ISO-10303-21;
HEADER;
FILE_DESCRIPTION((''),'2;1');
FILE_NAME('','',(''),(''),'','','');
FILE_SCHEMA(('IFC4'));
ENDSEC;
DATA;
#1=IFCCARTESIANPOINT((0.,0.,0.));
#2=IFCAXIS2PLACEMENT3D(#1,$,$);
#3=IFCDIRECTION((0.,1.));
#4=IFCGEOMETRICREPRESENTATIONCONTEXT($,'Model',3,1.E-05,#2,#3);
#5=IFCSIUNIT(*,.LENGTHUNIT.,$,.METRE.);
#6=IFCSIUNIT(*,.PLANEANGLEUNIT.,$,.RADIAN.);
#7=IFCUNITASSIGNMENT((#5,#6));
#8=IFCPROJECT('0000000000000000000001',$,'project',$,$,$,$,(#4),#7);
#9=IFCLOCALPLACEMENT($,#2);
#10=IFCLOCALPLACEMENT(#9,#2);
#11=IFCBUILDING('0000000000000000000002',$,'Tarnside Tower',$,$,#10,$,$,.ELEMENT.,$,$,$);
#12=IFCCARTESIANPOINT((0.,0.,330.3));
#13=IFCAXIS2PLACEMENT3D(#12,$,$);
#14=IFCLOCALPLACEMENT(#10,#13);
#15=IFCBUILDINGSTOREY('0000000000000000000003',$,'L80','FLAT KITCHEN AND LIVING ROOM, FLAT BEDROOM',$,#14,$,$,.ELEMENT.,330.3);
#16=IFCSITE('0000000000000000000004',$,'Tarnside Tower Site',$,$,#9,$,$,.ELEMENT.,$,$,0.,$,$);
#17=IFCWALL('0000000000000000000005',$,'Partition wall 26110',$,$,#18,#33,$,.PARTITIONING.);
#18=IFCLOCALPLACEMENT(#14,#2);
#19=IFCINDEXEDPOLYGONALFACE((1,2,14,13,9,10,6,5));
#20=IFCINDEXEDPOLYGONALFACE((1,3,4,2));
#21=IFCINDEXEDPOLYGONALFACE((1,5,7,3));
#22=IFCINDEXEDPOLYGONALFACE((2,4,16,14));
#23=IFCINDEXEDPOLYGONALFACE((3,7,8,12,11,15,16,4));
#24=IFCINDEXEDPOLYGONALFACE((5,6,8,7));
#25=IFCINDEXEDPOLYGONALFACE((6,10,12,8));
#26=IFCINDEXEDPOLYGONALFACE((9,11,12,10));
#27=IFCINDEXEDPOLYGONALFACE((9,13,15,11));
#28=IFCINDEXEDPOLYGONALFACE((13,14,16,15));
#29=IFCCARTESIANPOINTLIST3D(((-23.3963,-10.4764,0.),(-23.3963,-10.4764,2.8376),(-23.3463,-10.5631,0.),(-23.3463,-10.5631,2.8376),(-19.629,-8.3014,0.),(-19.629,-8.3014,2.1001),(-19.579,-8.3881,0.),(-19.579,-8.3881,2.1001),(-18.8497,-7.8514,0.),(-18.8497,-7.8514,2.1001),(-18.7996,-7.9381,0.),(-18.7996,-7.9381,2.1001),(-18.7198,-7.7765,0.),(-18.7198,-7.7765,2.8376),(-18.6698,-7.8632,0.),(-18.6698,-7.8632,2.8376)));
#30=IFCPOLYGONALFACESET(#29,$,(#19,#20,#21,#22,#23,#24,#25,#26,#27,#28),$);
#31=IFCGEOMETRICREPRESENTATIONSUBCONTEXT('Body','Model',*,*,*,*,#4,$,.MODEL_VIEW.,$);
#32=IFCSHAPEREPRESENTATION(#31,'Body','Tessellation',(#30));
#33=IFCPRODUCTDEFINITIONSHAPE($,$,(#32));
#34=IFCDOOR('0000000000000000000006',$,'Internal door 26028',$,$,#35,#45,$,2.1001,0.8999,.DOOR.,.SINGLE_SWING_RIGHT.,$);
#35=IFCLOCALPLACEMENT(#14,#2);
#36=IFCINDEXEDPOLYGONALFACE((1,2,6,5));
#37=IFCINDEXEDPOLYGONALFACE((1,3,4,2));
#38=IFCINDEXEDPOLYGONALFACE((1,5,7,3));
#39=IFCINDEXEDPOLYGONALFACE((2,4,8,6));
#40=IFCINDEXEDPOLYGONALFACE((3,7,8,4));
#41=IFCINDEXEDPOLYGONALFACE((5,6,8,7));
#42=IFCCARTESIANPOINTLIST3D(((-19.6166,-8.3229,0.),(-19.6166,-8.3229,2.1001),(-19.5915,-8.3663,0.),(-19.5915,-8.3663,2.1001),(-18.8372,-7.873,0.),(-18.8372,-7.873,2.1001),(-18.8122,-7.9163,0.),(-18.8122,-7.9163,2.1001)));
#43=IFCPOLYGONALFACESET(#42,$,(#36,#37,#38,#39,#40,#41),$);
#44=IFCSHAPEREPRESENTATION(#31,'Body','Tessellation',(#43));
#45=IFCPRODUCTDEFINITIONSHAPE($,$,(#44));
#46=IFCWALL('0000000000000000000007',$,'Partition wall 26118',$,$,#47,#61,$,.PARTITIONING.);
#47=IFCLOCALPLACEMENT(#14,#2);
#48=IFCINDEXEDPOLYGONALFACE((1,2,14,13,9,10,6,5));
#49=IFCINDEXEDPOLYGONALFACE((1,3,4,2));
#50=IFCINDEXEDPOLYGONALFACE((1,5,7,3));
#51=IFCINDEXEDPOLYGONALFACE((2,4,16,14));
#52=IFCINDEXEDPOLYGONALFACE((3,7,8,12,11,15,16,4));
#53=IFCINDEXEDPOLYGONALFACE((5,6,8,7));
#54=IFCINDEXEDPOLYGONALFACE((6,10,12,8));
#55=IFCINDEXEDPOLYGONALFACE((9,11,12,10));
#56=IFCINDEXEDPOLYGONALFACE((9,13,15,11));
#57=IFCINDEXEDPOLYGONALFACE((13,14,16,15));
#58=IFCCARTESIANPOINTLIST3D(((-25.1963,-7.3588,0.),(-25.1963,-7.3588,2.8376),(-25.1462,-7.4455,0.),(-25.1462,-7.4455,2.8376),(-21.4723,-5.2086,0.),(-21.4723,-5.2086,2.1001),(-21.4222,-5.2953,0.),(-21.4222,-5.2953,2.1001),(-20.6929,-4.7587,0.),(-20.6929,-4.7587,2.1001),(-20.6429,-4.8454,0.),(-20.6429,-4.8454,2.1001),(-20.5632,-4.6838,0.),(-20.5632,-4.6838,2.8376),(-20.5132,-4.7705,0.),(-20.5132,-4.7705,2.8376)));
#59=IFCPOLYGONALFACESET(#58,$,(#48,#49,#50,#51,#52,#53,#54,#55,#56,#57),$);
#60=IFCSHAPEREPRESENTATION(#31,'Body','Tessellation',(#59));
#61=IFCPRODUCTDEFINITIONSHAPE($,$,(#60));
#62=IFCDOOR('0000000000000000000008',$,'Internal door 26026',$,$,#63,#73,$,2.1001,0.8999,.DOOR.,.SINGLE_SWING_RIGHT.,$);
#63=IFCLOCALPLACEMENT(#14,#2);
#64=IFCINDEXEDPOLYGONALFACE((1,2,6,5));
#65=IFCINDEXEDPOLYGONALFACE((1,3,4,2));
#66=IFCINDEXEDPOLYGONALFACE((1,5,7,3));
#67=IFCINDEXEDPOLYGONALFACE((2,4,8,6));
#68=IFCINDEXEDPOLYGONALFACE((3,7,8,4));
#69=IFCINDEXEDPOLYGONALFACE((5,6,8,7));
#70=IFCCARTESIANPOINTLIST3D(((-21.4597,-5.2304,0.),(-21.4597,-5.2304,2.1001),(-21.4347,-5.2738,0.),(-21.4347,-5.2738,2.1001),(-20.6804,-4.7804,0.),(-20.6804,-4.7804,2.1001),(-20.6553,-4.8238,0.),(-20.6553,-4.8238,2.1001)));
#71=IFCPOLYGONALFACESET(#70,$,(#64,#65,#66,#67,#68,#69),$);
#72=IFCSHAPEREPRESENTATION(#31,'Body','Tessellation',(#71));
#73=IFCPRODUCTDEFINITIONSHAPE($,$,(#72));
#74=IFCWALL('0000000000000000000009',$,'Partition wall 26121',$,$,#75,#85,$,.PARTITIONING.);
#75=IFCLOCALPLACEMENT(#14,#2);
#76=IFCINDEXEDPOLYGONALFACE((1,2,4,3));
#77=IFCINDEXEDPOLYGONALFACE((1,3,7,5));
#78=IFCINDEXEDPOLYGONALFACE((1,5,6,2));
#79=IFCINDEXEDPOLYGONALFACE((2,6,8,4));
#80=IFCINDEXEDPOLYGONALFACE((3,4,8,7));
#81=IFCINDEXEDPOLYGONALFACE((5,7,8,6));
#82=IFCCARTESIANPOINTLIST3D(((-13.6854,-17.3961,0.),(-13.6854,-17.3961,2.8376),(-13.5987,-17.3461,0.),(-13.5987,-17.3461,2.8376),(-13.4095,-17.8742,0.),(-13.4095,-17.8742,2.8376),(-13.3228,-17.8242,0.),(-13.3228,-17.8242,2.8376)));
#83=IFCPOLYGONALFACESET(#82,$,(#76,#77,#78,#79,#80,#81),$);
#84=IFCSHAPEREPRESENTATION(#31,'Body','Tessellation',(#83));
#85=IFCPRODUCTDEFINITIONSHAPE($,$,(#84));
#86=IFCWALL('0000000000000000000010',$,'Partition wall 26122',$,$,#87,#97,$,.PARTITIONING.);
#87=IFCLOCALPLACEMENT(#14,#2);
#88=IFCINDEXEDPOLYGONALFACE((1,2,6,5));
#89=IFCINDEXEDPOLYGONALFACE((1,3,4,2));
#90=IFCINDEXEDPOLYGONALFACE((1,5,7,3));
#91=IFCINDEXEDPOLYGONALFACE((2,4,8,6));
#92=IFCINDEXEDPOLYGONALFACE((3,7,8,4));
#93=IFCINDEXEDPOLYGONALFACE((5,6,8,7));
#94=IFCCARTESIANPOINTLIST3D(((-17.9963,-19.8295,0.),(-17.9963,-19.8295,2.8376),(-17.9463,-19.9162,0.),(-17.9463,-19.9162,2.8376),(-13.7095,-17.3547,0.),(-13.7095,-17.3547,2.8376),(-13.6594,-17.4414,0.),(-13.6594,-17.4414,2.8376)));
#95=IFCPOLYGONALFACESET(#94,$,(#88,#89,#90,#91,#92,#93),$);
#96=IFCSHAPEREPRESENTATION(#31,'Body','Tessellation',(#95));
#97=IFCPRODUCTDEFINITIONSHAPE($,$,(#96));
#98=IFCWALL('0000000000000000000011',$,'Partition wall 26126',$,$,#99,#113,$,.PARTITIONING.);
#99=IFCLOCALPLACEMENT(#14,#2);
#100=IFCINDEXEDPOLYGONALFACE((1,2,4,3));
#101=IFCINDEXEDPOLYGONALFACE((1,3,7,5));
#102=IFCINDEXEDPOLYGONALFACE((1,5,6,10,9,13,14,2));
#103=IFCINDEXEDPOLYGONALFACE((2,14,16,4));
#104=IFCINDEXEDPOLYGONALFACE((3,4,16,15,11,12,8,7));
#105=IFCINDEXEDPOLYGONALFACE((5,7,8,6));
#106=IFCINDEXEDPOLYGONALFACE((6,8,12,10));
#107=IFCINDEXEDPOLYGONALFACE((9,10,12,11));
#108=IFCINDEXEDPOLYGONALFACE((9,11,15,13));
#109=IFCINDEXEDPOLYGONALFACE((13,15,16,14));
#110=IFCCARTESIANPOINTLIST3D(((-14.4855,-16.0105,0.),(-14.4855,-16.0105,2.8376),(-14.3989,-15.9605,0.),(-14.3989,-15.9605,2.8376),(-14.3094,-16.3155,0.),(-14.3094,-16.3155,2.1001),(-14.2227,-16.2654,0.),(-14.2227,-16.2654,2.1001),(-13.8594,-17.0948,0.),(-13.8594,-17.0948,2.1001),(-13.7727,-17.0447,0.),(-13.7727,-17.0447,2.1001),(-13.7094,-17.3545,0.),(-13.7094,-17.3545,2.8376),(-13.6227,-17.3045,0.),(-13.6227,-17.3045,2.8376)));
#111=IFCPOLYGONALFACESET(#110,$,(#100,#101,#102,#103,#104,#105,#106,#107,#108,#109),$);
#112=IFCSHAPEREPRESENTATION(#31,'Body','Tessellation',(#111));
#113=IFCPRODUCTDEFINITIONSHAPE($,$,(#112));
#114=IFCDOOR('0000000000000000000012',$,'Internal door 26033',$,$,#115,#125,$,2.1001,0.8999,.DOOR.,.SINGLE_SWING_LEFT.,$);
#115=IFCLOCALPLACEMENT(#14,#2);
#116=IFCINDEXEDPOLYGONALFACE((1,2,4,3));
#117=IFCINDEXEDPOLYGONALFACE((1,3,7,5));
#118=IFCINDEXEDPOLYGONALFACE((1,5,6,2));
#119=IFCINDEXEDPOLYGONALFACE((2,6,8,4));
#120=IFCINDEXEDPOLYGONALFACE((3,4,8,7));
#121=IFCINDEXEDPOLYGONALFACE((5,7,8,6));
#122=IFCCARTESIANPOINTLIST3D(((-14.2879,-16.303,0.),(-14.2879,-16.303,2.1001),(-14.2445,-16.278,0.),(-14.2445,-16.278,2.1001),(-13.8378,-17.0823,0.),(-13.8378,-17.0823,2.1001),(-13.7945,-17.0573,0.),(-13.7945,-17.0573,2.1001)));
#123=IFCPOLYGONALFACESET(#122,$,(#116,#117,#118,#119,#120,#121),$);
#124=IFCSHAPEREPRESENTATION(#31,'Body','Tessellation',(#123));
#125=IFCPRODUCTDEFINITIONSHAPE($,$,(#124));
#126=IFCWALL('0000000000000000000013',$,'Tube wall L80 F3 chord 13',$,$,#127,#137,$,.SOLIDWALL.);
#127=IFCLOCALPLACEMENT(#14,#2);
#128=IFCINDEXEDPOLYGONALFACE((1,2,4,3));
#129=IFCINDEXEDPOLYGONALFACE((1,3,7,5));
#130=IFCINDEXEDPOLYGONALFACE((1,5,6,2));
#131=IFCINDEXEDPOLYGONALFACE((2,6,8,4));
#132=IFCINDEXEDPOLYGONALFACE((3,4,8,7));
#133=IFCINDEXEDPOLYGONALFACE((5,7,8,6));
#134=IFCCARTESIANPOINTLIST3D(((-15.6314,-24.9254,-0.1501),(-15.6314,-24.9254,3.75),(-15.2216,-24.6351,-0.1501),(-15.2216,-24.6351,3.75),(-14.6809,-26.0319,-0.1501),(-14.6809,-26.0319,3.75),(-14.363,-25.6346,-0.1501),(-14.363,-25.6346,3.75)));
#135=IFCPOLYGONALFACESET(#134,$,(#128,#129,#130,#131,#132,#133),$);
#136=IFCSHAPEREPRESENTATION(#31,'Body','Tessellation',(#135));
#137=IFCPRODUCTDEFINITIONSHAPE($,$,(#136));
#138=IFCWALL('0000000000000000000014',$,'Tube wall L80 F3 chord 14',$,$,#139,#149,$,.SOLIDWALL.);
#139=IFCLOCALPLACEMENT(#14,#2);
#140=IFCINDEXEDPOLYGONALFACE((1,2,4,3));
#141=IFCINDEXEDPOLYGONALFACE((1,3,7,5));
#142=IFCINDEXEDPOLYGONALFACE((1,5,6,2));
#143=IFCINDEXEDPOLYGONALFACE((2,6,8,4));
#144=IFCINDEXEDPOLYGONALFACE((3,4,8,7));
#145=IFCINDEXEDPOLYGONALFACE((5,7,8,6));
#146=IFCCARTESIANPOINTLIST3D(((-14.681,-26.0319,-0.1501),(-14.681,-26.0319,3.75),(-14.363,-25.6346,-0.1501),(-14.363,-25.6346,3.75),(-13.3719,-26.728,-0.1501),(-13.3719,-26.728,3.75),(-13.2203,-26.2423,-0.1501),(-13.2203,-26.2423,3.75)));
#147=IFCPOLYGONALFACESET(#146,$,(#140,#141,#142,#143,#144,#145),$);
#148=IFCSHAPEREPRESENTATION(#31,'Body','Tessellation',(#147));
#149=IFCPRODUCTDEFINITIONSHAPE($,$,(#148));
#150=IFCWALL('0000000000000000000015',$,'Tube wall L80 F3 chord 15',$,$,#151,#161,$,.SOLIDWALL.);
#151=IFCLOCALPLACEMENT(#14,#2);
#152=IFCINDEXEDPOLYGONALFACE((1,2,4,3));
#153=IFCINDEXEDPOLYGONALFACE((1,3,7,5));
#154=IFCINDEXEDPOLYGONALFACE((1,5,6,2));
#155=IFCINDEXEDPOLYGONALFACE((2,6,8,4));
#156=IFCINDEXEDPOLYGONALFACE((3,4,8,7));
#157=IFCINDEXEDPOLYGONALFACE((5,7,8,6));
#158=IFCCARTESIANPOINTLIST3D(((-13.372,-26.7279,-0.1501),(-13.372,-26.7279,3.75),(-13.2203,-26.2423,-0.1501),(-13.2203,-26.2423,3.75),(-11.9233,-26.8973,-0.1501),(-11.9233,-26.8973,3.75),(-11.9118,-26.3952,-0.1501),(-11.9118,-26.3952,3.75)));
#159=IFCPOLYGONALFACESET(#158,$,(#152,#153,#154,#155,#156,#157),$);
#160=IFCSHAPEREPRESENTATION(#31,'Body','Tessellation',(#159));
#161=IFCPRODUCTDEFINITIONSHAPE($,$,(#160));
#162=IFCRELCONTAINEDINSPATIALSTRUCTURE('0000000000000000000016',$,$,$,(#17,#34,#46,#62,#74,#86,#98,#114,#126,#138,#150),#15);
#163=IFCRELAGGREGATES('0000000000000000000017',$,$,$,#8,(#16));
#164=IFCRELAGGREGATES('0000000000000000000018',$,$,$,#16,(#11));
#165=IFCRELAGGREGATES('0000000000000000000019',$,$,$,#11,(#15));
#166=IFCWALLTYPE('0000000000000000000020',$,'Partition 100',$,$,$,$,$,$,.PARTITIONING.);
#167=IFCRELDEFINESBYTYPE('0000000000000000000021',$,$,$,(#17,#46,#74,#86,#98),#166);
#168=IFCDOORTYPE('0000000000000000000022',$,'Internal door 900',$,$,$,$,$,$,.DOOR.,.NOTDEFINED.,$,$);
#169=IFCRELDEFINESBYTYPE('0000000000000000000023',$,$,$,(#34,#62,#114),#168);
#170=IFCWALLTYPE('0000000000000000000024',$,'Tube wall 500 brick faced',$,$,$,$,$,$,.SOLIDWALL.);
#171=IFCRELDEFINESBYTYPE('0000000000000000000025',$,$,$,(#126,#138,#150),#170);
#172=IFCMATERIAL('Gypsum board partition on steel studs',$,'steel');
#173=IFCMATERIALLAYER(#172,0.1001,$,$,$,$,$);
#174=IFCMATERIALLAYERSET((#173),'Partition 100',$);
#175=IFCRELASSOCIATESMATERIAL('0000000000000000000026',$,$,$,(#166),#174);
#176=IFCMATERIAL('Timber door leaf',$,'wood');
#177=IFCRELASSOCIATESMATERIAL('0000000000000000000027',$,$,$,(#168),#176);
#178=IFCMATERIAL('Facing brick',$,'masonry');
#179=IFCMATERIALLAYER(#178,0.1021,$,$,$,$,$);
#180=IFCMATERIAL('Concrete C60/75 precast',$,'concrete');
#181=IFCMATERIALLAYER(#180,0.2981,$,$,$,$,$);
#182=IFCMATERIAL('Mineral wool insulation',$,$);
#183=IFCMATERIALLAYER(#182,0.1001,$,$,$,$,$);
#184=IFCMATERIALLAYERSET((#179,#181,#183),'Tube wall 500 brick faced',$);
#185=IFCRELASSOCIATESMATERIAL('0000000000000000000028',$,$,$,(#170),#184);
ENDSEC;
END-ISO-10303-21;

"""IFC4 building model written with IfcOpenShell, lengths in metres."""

from ifc_helpers import new_model, si_unit, direction, frame, frame_2d, origin, place, context, subcontext, project, spatial, polyline, rectangle, outline, extrude, material, layer, layer_set, type_object, element, fill, save


model = new_model("IFC4")

# Units and contexts
model_context = context("Model", 3, precision=1e-05, world=origin(), true_north=direction((0.0, 1.0)))
body_context = subcontext(model_context, "Body", "Model", "MODEL_VIEW")
ifc_project = project(units=[si_unit("LENGTHUNIT", "METRE"), si_unit("PLANEANGLEUNIT", "RADIAN")], contexts=[model_context])

# Site, building, storey
site_placement = place(None, origin())
site = spatial("IfcSite", under=ifc_project, at=site_placement, Name="Tarnside Tower Site", CompositionType="ELEMENT", RefElevation=0.0)
building_placement = place(site_placement, origin())
building = spatial("IfcBuilding", under=site, at=building_placement, Name="Tarnside Tower", CompositionType="ELEMENT")
storey_placement = place(building_placement, frame((0.0, 0.0, 330.3)))
storey = spatial("IfcBuildingStorey", under=building, at=storey_placement, Name="L80", Description="FLAT KITCHEN AND LIVING ROOM, FLAT BEDROOM", CompositionType="ELEMENT", Elevation=330.3)

# Shared definitions
ifc_material_1 = material(Name="Gypsum board partition on steel studs", Category="steel")

# Walls, openings, doors
ifc_layer_1 = layer(ifc_material_1, 0.1001)
ifc_layer_set_1 = layer_set([ifc_layer_1], Name="Partition 100")
wall_type_1 = type_object("IfcWallType", Name="Partition 100", PredefinedType="PARTITIONING", material=ifc_layer_set_1)
wall_1_placement = place(storey_placement, frame((-18.6948, -7.8198, 0.0), z_axis=(0.0, 0.0, 1.0), x_axis=(-0.866028, -0.499995, 0.0)))
wall_1 = element("IfcWall", 1, at=wall_1_placement, inside=storey, type_object=wall_type_1, Name="Partition wall 26110", PredefinedType="PARTITIONING", context=body_context, shape_type="SweptSolid", body=[
    extrude(rectangle(XDim=5.3999, YDim=0.1001, at=frame_2d((2.7, 0.0))), origin(), (0.0, 0.0, 1.0), 2.8376),
])
opening_1_placement = place(wall_1_placement, frame((0.1499, 0.0, 0.0)))
opening_1 = element("IfcOpeningElement", 2, at=opening_1_placement, cuts=wall_1, PredefinedType="OPENING", context=body_context, shape_type="SweptSolid", body=[
    extrude(rectangle(XDim=0.8999, YDim=2.1001, at=frame_2d((0.45, 1.05))), frame((0.0, 0.0601, 0.0), z_axis=(0.0, -1.0, 0.0), x_axis=(1.0, 0.0, 0.0)), (0.0, 0.0, 1.0), 0.1201),
])
ifc_material_2 = material(Name="Timber door leaf", Category="wood")
door_type = type_object("IfcDoorType", Name="Internal door 900", OperationType="NOTDEFINED", PredefinedType="DOOR", material=ifc_material_2)
door_1_placement = place(opening_1_placement, origin())
door_1 = element("IfcDoor", 3, at=door_1_placement, inside=storey, type_object=door_type, Name="Internal door 26028", OperationType="SINGLE_SWING_RIGHT", OverallHeight=2.1001, OverallWidth=0.8999, PredefinedType="DOOR", context=body_context, shape_type="SweptSolid", body=[
    extrude(rectangle(XDim=0.8999, YDim=2.1001, at=frame_2d((0.45, 1.05))), frame((0.0, 0.0249, 0.0), z_axis=(0.0, -1.0, 0.0), x_axis=(1.0, 0.0, 0.0)), (0.0, 0.0, 1.0), 0.05),
])
fill(opening_1, door_1)
wall_2_placement = place(storey_placement, frame((-25.1711, -7.4021, 0.0), z_axis=(0.0, 0.0, 1.0), x_axis=(0.866013, 0.500021, 0.0)))
wall_2 = element("IfcWall", 4, at=wall_2_placement, inside=storey, type_object=wall_type_1, Name="Partition wall 26118", PredefinedType="PARTITIONING", context=body_context, shape_type="SweptSolid", body=[
    extrude(rectangle(XDim=5.3499, YDim=0.1001, at=frame_2d((2.6748, 0.0))), origin(), (0.0, 0.0, 1.0), 2.8376),
])
opening_2_placement = place(wall_2_placement, frame((4.3, 0.0, 0.0)))
opening_2 = element("IfcOpeningElement", 5, at=opening_2_placement, cuts=wall_2, PredefinedType="OPENING", context=body_context, shape_type="SweptSolid", body=[
    extrude(rectangle(XDim=0.8999, YDim=2.1001, at=frame_2d((0.45, 1.05))), frame((0.0, 0.0601, 0.0), z_axis=(0.0, -1.0, 0.0), x_axis=(1.0, 0.0, 0.0)), (0.0, 0.0, 1.0), 0.1201),
])
door_2_placement = place(opening_2_placement, origin())
door_2 = element("IfcDoor", 6, at=door_2_placement, inside=storey, type_object=door_type, Name="Internal door 26026", OperationType="SINGLE_SWING_RIGHT", OverallHeight=2.1001, OverallWidth=0.8999, PredefinedType="DOOR", context=body_context, shape_type="SweptSolid", body=[
    extrude(rectangle(XDim=0.8999, YDim=2.1001, at=frame_2d((0.45, 1.05))), frame((0.0, 0.0249, 0.0), z_axis=(0.0, -1.0, 0.0), x_axis=(1.0, 0.0, 0.0)), (0.0, 0.0, 1.0), 0.05),
])
fill(opening_2, door_2)

# Walls
wall_3_placement = place(storey_placement, frame((-13.3662, -17.8491, 0.0), z_axis=(0.0, 0.0, 1.0), x_axis=(-0.49985, 0.866112, 0.0)))
element("IfcWall", 7, at=wall_3_placement, inside=storey, type_object=wall_type_1, Name="Partition wall 26121", PredefinedType="PARTITIONING", context=body_context, shape_type="SweptSolid", body=[
    extrude(rectangle(XDim=0.552, YDim=0.1001, at=frame_2d((0.2759, 0.0))), origin(), (0.0, 0.0, 1.0), 2.8376),
])
wall_4_placement = place(storey_placement, frame((-13.6843, -17.3979, 0.0), z_axis=(0.0, 0.0, 1.0), x_axis=(-0.86604, -0.499974, 0.0)))
element("IfcWall", 8, at=wall_4_placement, inside=storey, type_object=wall_type_1, Name="Partition wall 26122", PredefinedType="PARTITIONING", context=body_context, shape_type="SweptSolid", body=[
    extrude(rectangle(XDim=4.95, YDim=0.1001, at=frame_2d((2.4751, 0.0))), origin(), (0.0, 0.0, 1.0), 2.8376),
])

# Wall, opening, door
wall_5_placement = place(storey_placement, frame((-14.4421, -15.9856, 0.0), z_axis=(0.0, 0.0, 1.0), x_axis=(0.500081, -0.865979, 0.0)))
wall_5 = element("IfcWall", 9, at=wall_5_placement, inside=storey, type_object=wall_type_1, Name="Partition wall 26126", PredefinedType="PARTITIONING", context=body_context, shape_type="SweptSolid", body=[
    extrude(rectangle(XDim=1.552, YDim=0.1001, at=frame_2d((0.7759, 0.0))), origin(), (0.0, 0.0, 1.0), 2.8376),
])
opening_3_placement = place(wall_5_placement, frame((0.3521, 0.0, 0.0)))
opening_3 = element("IfcOpeningElement", 10, at=opening_3_placement, cuts=wall_5, PredefinedType="OPENING", context=body_context, shape_type="SweptSolid", body=[
    extrude(rectangle(XDim=0.8999, YDim=2.1001, at=frame_2d((0.45, 1.05))), frame((0.0, 0.0601, 0.0), z_axis=(0.0, -1.0, 0.0), x_axis=(1.0, 0.0, 0.0)), (0.0, 0.0, 1.0), 0.1201),
])
door_3_placement = place(opening_3_placement, origin())
door_3 = element("IfcDoor", 11, at=door_3_placement, inside=storey, type_object=door_type, Name="Internal door 26033", OperationType="SINGLE_SWING_LEFT", OverallHeight=2.1001, OverallWidth=0.8999, PredefinedType="DOOR", context=body_context, shape_type="SweptSolid", body=[
    extrude(rectangle(XDim=0.8999, YDim=2.1001, at=frame_2d((0.45, 1.05))), frame((0.0, 0.0249, 0.0), z_axis=(0.0, -1.0, 0.0), x_axis=(1.0, 0.0, 0.0)), (0.0, 0.0, 1.0), 0.05),
])
fill(opening_3, door_3)

# Walls
ifc_material_3 = material(Name="Facing brick", Category="masonry")
ifc_layer_2 = layer(ifc_material_3, 0.1021)
ifc_material_4 = material(Name="Concrete C60/75 precast", Category="concrete")
ifc_layer_3 = layer(ifc_material_4, 0.2981)
ifc_material_5 = material(Name="Mineral wool insulation")
ifc_layer_4 = layer(ifc_material_5, 0.1001)
ifc_layer_set_2 = layer_set([ifc_layer_2, ifc_layer_3, ifc_layer_4], Name="Tube wall 500 brick faced")
wall_type_2 = type_object("IfcWallType", Name="Tube wall 500 brick faced", PredefinedType="SOLIDWALL", material=ifc_layer_set_2)
wall_6_placement = place(storey_placement, frame((-15.4265, -24.7803, -0.1501), z_axis=(0.0, 0.0, 1.0), x_axis=(0.651617, -0.758549, 0.0)))
element("IfcWall", 12, at=wall_6_placement, inside=storey, type_object=wall_type_2, Name="Tube wall L80 F3 chord 13", PredefinedType="SOLIDWALL", context=body_context, shape_type="SweptSolid", body=[
    extrude(outline(polyline([(-0.0234, -0.25), (1.4353, -0.25), (1.3411, 0.25), (0.0234, 0.25), (-0.0234, -0.25)])), origin(), (0.0, 0.0, 1.0), 3.9001),
])
wall_7_placement = place(storey_placement, frame((-14.522, -25.8333, -0.1501), z_axis=(0.0, 0.0, 1.0), x_axis=(0.882927, -0.469511, 0.0)))
element("IfcWall", 13, at=wall_7_placement, inside=storey, type_object=wall_type_2, Name="Tube wall L80 F3 chord 14", PredefinedType="SOLIDWALL", context=body_context, shape_type="SweptSolid", body=[
    extrude(outline(polyline([(-0.0471, -0.25), (1.4355, -0.25), (1.3413, 0.25), (0.0471, 0.25), (-0.0471, -0.25)])), origin(), (0.0, 0.0, 1.0), 3.9001),
])
wall_8_placement = place(storey_placement, frame((-13.2961, -26.4851, -0.1501), z_axis=(0.0, 0.0, 1.0), x_axis=(0.993239, -0.116086, 0.0)))
element("IfcWall", 14, at=wall_8_placement, inside=storey, type_object=wall_type_2, Name="Tube wall L80 F3 chord 15", PredefinedType="SOLIDWALL", context=body_context, shape_type="SweptSolid", body=[
    extrude(outline(polyline([(-0.0471, -0.25), (1.4114, -0.25), (1.3645, 0.25), (0.0471, 0.25), (-0.0471, -0.25)])), origin(), (0.0, 0.0, 1.0), 3.9001),
])

save(model, "model.ifc")
